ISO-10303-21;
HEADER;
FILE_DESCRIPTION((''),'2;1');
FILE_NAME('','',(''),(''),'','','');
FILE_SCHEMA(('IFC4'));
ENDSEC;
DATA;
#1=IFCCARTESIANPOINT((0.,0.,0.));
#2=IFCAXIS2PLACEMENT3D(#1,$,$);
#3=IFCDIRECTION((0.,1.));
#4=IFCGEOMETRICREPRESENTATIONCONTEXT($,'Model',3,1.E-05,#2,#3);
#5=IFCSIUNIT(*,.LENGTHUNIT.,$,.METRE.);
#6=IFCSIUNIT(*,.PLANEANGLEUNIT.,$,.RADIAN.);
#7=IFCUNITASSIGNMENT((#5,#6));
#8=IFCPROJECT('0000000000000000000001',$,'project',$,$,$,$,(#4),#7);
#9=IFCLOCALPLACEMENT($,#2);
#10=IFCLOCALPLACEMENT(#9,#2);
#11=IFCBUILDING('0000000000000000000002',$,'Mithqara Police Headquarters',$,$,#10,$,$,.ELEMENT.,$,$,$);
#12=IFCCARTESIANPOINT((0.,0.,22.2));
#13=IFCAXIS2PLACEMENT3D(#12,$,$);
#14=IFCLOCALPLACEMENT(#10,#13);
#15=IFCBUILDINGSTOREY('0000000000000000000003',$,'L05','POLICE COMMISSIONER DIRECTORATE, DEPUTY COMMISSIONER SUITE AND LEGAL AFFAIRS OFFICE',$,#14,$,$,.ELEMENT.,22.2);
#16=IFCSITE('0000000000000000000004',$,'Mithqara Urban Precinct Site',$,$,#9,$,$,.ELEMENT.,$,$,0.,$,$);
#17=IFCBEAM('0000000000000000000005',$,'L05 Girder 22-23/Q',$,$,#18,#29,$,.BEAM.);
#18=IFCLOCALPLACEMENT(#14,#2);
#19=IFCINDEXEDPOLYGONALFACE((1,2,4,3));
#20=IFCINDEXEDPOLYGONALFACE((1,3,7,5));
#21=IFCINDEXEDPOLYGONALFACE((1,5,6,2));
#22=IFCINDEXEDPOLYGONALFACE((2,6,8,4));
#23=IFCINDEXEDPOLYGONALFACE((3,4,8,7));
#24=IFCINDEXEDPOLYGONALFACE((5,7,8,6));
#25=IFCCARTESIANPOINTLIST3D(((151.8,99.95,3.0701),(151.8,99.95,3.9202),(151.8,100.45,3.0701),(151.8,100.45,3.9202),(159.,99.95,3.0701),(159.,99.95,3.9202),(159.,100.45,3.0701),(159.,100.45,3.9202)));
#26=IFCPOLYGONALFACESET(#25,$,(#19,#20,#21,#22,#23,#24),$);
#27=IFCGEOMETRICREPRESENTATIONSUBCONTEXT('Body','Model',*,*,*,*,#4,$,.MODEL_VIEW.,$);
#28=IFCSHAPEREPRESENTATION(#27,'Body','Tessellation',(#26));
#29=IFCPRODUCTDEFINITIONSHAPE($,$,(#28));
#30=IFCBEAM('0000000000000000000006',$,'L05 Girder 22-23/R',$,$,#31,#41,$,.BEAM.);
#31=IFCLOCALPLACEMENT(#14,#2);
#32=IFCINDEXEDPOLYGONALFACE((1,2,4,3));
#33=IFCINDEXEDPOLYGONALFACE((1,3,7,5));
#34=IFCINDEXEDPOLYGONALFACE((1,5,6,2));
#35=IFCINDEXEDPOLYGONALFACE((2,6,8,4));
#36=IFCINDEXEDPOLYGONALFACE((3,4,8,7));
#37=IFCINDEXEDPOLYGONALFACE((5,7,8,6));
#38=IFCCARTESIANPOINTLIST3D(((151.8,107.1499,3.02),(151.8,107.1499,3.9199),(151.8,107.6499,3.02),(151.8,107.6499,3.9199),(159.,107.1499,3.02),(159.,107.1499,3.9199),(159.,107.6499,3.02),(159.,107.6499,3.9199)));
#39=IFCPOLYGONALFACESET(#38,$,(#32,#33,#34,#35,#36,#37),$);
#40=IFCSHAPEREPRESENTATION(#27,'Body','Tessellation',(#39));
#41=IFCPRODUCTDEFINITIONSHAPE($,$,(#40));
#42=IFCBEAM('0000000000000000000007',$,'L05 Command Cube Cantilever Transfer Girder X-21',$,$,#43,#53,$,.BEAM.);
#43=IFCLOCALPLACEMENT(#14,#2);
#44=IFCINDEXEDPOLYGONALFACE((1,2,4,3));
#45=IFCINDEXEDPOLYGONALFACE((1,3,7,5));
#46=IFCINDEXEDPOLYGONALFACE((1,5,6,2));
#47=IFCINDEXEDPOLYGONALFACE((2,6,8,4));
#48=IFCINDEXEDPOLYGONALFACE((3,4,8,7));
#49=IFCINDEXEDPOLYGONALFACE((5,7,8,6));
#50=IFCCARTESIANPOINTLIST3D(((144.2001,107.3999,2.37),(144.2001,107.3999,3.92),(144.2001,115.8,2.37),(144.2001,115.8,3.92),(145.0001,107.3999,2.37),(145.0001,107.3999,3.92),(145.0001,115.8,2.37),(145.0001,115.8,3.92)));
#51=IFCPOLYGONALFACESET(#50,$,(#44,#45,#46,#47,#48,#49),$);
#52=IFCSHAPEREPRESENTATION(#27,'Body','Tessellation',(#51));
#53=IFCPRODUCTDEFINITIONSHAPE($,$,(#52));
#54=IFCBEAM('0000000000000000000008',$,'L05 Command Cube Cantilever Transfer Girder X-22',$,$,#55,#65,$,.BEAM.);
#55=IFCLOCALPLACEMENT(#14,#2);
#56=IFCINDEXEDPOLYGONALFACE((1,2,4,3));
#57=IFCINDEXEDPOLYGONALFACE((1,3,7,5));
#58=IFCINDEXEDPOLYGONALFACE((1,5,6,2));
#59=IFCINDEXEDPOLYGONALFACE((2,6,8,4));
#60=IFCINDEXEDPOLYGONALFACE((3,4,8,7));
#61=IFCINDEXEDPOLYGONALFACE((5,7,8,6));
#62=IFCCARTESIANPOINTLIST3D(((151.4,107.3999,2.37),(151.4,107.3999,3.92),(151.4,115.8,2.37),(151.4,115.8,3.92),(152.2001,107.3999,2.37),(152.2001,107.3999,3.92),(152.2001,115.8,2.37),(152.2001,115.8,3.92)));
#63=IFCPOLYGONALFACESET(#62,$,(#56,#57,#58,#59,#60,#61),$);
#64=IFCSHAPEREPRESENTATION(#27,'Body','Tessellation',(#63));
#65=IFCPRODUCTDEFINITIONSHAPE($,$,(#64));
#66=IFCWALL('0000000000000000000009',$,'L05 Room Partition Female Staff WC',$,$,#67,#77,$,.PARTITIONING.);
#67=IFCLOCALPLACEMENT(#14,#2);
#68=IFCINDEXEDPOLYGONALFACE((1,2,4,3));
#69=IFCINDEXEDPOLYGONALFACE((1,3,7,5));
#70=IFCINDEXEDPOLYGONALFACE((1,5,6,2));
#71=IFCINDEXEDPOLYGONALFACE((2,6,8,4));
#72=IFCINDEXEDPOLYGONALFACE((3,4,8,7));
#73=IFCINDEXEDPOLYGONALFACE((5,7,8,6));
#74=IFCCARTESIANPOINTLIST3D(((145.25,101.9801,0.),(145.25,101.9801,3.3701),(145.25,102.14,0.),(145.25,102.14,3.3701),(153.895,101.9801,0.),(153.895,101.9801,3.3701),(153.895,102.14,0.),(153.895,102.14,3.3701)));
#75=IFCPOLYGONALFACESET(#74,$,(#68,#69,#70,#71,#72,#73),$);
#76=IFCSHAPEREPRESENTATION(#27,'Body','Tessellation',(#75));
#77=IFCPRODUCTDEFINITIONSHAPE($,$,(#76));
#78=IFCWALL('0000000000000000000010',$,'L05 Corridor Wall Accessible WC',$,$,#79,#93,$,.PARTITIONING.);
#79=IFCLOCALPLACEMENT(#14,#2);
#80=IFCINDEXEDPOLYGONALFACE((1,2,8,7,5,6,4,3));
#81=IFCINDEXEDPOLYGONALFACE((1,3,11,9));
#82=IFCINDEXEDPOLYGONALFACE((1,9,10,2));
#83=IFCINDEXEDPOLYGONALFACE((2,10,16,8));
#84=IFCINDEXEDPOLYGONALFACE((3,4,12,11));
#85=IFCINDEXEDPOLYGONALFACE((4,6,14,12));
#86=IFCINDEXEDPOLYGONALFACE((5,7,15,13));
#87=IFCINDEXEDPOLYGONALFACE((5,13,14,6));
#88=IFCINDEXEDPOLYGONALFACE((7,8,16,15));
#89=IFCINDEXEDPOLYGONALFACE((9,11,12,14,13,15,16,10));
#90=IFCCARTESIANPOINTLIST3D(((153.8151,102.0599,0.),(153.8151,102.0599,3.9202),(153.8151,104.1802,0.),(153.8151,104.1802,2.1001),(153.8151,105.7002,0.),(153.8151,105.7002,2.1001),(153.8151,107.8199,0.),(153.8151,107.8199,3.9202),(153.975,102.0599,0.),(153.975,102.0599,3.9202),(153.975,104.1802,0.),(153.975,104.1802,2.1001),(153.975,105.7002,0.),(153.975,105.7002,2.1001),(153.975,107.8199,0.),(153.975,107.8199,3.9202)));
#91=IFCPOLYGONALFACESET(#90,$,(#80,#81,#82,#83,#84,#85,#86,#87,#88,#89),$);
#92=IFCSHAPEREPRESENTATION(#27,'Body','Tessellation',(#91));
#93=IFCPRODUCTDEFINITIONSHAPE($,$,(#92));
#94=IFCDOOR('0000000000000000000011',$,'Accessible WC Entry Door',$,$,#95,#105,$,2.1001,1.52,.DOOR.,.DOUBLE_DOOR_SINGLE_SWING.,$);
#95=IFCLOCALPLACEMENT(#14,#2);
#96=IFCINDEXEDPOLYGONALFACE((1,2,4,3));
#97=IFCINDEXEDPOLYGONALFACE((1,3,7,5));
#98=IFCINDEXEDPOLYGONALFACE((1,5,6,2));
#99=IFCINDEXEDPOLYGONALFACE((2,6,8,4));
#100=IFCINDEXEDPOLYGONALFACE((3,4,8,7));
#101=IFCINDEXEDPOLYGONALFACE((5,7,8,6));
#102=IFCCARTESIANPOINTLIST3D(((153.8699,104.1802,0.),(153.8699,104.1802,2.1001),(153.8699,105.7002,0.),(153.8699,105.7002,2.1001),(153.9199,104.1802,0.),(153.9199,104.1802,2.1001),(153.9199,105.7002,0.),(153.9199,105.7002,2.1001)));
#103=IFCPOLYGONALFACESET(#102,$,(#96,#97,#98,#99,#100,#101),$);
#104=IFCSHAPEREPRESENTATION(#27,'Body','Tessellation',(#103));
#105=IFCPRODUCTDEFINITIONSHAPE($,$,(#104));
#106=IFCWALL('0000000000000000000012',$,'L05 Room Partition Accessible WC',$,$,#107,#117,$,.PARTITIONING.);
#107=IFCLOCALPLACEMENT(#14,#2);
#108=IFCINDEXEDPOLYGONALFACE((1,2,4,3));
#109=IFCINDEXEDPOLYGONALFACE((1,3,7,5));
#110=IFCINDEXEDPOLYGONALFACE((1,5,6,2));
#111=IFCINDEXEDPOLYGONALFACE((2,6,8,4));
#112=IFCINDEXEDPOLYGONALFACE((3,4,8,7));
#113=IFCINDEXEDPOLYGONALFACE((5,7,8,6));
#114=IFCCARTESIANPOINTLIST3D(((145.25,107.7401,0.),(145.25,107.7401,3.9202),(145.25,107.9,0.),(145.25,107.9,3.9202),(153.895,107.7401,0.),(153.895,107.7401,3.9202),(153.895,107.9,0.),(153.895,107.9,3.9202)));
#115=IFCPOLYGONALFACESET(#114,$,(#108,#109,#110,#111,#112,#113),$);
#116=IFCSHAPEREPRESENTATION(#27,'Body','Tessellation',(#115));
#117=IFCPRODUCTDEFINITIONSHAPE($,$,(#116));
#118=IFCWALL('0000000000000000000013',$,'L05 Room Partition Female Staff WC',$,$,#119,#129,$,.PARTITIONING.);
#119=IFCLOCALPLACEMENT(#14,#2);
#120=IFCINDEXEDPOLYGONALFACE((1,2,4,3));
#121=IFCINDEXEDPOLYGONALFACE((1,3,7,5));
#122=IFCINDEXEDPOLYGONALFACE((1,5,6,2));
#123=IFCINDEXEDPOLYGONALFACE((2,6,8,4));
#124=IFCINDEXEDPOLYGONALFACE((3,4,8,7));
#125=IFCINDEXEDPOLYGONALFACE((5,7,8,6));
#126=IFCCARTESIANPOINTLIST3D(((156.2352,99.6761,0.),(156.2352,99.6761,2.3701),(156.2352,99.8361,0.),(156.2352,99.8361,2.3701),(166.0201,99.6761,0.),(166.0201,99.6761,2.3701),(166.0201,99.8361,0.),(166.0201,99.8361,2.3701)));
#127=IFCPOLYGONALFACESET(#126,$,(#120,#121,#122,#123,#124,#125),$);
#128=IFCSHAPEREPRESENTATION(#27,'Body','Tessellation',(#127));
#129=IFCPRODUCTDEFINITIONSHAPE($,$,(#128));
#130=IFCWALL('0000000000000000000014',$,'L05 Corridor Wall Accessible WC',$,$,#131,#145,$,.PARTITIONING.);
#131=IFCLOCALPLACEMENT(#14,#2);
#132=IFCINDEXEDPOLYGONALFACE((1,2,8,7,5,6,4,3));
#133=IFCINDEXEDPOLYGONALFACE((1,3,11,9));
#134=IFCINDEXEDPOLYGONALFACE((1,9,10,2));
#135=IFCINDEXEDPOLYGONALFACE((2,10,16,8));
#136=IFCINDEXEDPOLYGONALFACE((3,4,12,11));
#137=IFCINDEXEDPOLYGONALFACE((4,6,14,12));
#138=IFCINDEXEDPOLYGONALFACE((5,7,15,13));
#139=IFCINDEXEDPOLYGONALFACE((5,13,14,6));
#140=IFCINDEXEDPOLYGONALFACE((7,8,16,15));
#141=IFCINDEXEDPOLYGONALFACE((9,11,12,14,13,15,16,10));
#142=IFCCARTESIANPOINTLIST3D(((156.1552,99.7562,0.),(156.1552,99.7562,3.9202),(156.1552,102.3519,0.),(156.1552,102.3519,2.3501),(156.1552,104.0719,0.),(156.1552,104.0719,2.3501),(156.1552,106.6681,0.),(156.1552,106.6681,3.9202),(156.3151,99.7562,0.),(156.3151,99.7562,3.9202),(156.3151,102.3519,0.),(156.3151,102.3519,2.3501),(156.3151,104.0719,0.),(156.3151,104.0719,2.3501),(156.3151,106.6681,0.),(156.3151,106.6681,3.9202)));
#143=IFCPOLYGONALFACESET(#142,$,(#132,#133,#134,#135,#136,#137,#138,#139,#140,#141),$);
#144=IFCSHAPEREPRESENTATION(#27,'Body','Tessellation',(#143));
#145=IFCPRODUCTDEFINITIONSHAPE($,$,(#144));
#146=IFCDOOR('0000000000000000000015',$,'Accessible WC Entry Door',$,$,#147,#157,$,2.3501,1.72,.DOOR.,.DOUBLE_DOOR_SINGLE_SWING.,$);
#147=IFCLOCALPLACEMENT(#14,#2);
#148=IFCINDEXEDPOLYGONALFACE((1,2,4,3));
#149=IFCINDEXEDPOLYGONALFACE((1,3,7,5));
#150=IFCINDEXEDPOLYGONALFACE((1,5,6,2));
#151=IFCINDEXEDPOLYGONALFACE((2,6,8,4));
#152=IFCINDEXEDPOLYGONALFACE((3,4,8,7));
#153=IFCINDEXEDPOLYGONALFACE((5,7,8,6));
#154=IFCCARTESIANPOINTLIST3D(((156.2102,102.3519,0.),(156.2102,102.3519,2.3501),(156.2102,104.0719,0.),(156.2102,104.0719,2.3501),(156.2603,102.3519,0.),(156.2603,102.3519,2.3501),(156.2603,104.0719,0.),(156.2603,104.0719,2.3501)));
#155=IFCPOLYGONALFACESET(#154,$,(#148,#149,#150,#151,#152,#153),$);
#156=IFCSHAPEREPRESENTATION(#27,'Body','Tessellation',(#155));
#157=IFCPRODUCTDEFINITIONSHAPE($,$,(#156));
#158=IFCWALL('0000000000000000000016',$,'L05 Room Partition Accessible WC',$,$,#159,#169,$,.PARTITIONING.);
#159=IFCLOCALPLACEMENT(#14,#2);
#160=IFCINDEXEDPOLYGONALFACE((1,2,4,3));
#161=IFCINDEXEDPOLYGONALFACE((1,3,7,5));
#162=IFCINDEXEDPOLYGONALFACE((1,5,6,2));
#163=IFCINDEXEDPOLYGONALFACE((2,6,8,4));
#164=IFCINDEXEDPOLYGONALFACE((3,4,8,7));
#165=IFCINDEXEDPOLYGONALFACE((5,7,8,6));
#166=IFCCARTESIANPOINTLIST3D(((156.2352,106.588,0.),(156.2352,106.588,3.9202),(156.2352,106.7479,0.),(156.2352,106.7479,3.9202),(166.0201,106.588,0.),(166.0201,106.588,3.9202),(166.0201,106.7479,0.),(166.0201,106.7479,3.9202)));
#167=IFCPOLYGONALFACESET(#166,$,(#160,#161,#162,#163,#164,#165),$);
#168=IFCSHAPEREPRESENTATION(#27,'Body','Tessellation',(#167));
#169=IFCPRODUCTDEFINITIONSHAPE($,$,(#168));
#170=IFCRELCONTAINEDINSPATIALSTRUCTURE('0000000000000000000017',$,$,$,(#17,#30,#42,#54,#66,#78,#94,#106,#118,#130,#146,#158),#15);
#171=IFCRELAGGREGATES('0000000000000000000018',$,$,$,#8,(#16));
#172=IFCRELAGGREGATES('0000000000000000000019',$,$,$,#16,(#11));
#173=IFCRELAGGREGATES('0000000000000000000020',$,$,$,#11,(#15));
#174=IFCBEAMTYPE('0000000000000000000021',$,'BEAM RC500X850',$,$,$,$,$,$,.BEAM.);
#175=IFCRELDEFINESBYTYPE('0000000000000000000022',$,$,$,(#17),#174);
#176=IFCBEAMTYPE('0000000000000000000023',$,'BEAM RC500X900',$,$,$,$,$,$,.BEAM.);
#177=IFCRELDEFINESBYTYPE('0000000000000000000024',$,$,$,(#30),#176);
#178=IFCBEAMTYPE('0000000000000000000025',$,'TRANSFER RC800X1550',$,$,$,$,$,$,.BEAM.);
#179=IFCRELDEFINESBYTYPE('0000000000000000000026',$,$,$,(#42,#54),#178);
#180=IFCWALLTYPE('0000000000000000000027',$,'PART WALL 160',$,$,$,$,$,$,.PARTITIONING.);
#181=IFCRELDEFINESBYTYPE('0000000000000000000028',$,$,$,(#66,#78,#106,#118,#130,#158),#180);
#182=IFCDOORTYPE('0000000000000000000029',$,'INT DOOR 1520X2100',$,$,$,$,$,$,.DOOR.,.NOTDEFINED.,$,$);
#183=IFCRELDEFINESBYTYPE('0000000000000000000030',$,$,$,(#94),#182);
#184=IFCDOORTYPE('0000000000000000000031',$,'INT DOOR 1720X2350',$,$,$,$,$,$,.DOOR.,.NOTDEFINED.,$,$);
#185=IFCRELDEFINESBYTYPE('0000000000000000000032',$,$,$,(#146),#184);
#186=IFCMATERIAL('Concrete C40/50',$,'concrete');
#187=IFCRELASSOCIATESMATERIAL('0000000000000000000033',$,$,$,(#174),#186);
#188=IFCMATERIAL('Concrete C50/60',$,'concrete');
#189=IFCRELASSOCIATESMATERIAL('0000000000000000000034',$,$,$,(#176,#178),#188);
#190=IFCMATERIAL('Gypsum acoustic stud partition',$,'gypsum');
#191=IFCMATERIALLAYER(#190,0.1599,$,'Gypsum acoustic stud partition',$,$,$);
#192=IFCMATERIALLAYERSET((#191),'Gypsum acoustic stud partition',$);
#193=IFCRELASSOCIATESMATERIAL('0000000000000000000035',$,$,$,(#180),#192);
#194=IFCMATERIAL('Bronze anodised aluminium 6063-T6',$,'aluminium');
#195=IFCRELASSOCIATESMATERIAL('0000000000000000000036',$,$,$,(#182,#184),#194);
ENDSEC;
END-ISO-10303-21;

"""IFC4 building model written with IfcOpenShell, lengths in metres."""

from ifc_helpers import new_model, si_unit, direction, frame, frame_2d, origin, origin_2d, place, context, subcontext, project, spatial, rectangle, extrude, material, layer, layer_set, material_profile, profile_set, type_object, element, fill, save


model = new_model("IFC4")

# Units and contexts
model_context = context("Model", 3, precision=1e-05, world=origin(), true_north=direction((0.0, 1.0)))
body_context = subcontext(model_context, "Body", "Model", "MODEL_VIEW")
ifc_project = project(units=[si_unit("LENGTHUNIT", "METRE"), si_unit("PLANEANGLEUNIT", "RADIAN")], contexts=[model_context])

# Site, building, storey
site_placement = place(None, origin())
site = spatial("IfcSite", under=ifc_project, at=site_placement, Name="Mithqara Urban Precinct Site", CompositionType="ELEMENT", RefElevation=0.0)
building_placement = place(site_placement, origin())
building = spatial("IfcBuilding", under=site, at=building_placement, Name="Mithqara Police Headquarters", CompositionType="ELEMENT")
storey_placement = place(building_placement, frame((0.0, 0.0, 22.2)))
storey = spatial("IfcBuildingStorey", under=building, at=storey_placement, Name="L05", Description="POLICE COMMISSIONER DIRECTORATE, DEPUTY COMMISSIONER SUITE AND LEGAL AFFAIRS OFFICE", CompositionType="ELEMENT", Elevation=22.2)

# Shared definitions
ifc_material_1 = material(Name="Concrete C50/60", Category="concrete")

# Beams
ifc_material_2 = material(Name="Concrete C40/50", Category="concrete")
ifc_material_profile_1 = material_profile(ifc_material_2, rectangle(XDim=0.5, YDim=0.8501, at=origin_2d()), Name="RC 500x850")
ifc_profile_set_1 = profile_set([ifc_material_profile_1], Name="Concrete C40/50")
beam_type_1 = type_object("IfcBeamType", Name="BEAM RC500X850", PredefinedType="BEAM", material=ifc_profile_set_1)
beam_1_placement = place(storey_placement, frame((151.8, 100.2, 3.4951), z_axis=(1.0, 0.0, 0.0), x_axis=(0.0, 1.0, 0.0)))
element("IfcBeam", 1, at=beam_1_placement, inside=storey, type_object=beam_type_1, Name="L05 Girder 22-23/Q", PredefinedType="BEAM", context=body_context, shape_type="SweptSolid", body=[
    extrude(rectangle(XDim=0.5, YDim=0.8501, at=origin_2d()), origin(), (0.0, 0.0, 1.0), 7.2),
])
ifc_material_profile_2 = material_profile(ifc_material_1, rectangle(XDim=0.5, YDim=0.8999, at=origin_2d()), Name="RC 500x900")
ifc_profile_set_2 = profile_set([ifc_material_profile_2], Name="Concrete C50/60")
beam_type_2 = type_object("IfcBeamType", Name="BEAM RC500X900", PredefinedType="BEAM", material=ifc_profile_set_2)
beam_2_placement = place(storey_placement, frame((151.8, 107.3999, 3.47), z_axis=(1.0, 0.0, 0.0), x_axis=(0.0, 1.0, 0.0)))
element("IfcBeam", 2, at=beam_2_placement, inside=storey, type_object=beam_type_2, Name="L05 Girder 22-23/R", PredefinedType="BEAM", context=body_context, shape_type="SweptSolid", body=[
    extrude(rectangle(XDim=0.5, YDim=0.8999, at=origin_2d()), origin(), (0.0, 0.0, 1.0), 7.2),
])
ifc_material_profile_3 = material_profile(ifc_material_1, rectangle(XDim=0.8, YDim=1.55, at=origin_2d()), Name="RC 800x1550")
ifc_profile_set_3 = profile_set([ifc_material_profile_3], Name="Concrete C50/60")
beam_type_3 = type_object("IfcBeamType", Name="TRANSFER RC800X1550", PredefinedType="BEAM", material=ifc_profile_set_3)
for number, where, z_axis, x_axis, name in (
    (3, (144.6001, 107.3999, 3.145), (0.0, 1.0, 0.0), (-1.0, 0.0, 0.0), "L05 Command Cube Cantilever Transfer Girder X-21"),
    (4, (151.8, 107.3999, 3.145), (0.0, 1.0, 0.0), (-1.0, 0.0, 0.0), "L05 Command Cube Cantilever Transfer Girder X-22"),
):
    element("IfcBeam", number, at=place(storey_placement, frame(where, z_axis=z_axis, x_axis=x_axis)), inside=storey, type_object=beam_type_3, Name=name, PredefinedType="BEAM", context=body_context, shape_type="SweptSolid", body=[
        extrude(rectangle(XDim=0.8, YDim=1.55, at=origin_2d()), origin(), (0.0, 0.0, 1.0), 8.4001),
    ])

# Wall
ifc_material_3 = material(Name="Gypsum acoustic stud partition", Category="gypsum")
ifc_layer = layer(ifc_material_3, 0.1599, Name="Gypsum acoustic stud partition")
ifc_layer_set = layer_set([ifc_layer], Name="Gypsum acoustic stud partition")
wall_type = type_object("IfcWallType", Name="PART WALL 160", PredefinedType="PARTITIONING", material=ifc_layer_set)
wall_1_placement = place(storey_placement, frame((145.25, 102.0601, 0.0), z_axis=(0.0, 0.0, 1.0), x_axis=(1.0, 0.0, 0.0)))
element("IfcWall", 5, at=wall_1_placement, inside=storey, type_object=wall_type, Name="L05 Room Partition Female Staff WC", PredefinedType="PARTITIONING", context=body_context, shape_type="SweptSolid", body=[
    extrude(rectangle(XDim=8.645, YDim=0.1599, at=frame_2d((4.3225, 0.0))), origin(), (0.0, 0.0, 1.0), 3.3701),
])

# Wall, opening, door
wall_2_placement = place(storey_placement, frame((153.895, 102.0601, 0.0), z_axis=(0.0, 0.0, 1.0), x_axis=(0.0, 1.0, 0.0)))
wall_2 = element("IfcWall", 6, at=wall_2_placement, inside=storey, type_object=wall_type, Name="L05 Corridor Wall Accessible WC", PredefinedType="PARTITIONING", context=body_context, shape_type="SweptSolid", body=[
    extrude(rectangle(XDim=5.76, YDim=0.1599, at=frame_2d((2.8799, 0.0))), origin(), (0.0, 0.0, 1.0), 3.9202),
])
opening_1_placement = place(wall_2_placement, frame((2.1201, 0.0, 0.0)))
opening_1 = element("IfcOpeningElement", 7, at=opening_1_placement, cuts=wall_2, PredefinedType="OPENING", context=body_context, shape_type="SweptSolid", body=[
    extrude(rectangle(XDim=1.52, YDim=2.1001, at=frame_2d((0.76, 1.05))), frame((0.0, 0.0898, 0.0), z_axis=(0.0, -1.0, 0.0), x_axis=(1.0, 0.0, 0.0)), (0.0, 0.0, 1.0), 0.1799),
])
ifc_material_4 = material(Name="Bronze anodised aluminium 6063-T6", Category="aluminium")
door_type_1 = type_object("IfcDoorType", Name="INT DOOR 1520X2100", OperationType="NOTDEFINED", PredefinedType="DOOR", material=ifc_material_4)
door_1_placement = place(opening_1_placement, frame((1.52, 0.0, 0.0), z_axis=(0.0, 0.0, 1.0), x_axis=(-1.0, 0.0, 0.0)))
door_1 = element("IfcDoor", 8, at=door_1_placement, inside=storey, type_object=door_type_1, Name="Accessible WC Entry Door", OperationType="DOUBLE_DOOR_SINGLE_SWING", OverallHeight=2.1001, OverallWidth=1.52, PredefinedType="DOOR", context=body_context, shape_type="SweptSolid", body=[
    extrude(rectangle(XDim=1.52, YDim=2.1001, at=frame_2d((0.76, 1.05))), frame((0.0, 0.0249, 0.0), z_axis=(0.0, -1.0, 0.0), x_axis=(1.0, 0.0, 0.0)), (0.0, 0.0, 1.0), 0.05),
])
fill(opening_1, door_1)

# Walls
wall_3_placement = place(storey_placement, frame((145.25, 107.8201, 0.0), z_axis=(0.0, 0.0, 1.0), x_axis=(1.0, 0.0, 0.0)))
element("IfcWall", 9, at=wall_3_placement, inside=storey, type_object=wall_type, Name="L05 Room Partition Accessible WC", PredefinedType="PARTITIONING", context=body_context, shape_type="SweptSolid", body=[
    extrude(rectangle(XDim=8.645, YDim=0.1599, at=frame_2d((4.3225, 0.0))), origin(), (0.0, 0.0, 1.0), 3.9202),
])
wall_4_placement = place(storey_placement, frame((156.2351, 99.7561, 0.0), z_axis=(0.0, 0.0, 1.0), x_axis=(1.0, 0.0, 0.0)))
element("IfcWall", 10, at=wall_4_placement, inside=storey, type_object=wall_type, Name="L05 Room Partition Female Staff WC", PredefinedType="PARTITIONING", context=body_context, shape_type="SweptSolid", body=[
    extrude(rectangle(XDim=9.7849, YDim=0.1599, at=frame_2d((4.8926, 0.0))), origin(), (0.0, 0.0, 1.0), 2.3701),
])

# Wall, opening, door
wall_5_placement = place(storey_placement, frame((156.2351, 99.7561, 0.0), z_axis=(0.0, 0.0, 1.0), x_axis=(0.0, 1.0, 0.0)))
wall_5 = element("IfcWall", 11, at=wall_5_placement, inside=storey, type_object=wall_type, Name="L05 Corridor Wall Accessible WC", PredefinedType="PARTITIONING", context=body_context, shape_type="SweptSolid", body=[
    extrude(rectangle(XDim=6.9119, YDim=0.1599, at=frame_2d((3.4561, 0.0))), origin(), (0.0, 0.0, 1.0), 3.9202),
])
opening_2_placement = place(wall_5_placement, frame((2.5959, 0.0, 0.0)))
opening_2 = element("IfcOpeningElement", 12, at=opening_2_placement, cuts=wall_5, PredefinedType="OPENING", context=body_context, shape_type="SweptSolid", body=[
    extrude(rectangle(XDim=1.72, YDim=2.3501, at=frame_2d((0.8599, 1.175))), frame((0.0, 0.0898, 0.0), z_axis=(0.0, -1.0, 0.0), x_axis=(1.0, 0.0, 0.0)), (0.0, 0.0, 1.0), 0.1799),
])
door_type_2 = type_object("IfcDoorType", Name="INT DOOR 1720X2350", OperationType="NOTDEFINED", PredefinedType="DOOR", material=ifc_material_4)
door_2_placement = place(opening_2_placement, origin())
door_2 = element("IfcDoor", 13, at=door_2_placement, inside=storey, type_object=door_type_2, Name="Accessible WC Entry Door", OperationType="DOUBLE_DOOR_SINGLE_SWING", OverallHeight=2.3501, OverallWidth=1.72, PredefinedType="DOOR", context=body_context, shape_type="SweptSolid", body=[
    extrude(rectangle(XDim=1.72, YDim=2.3501, at=frame_2d((0.8599, 1.175))), frame((0.0, 0.0249, 0.0), z_axis=(0.0, -1.0, 0.0), x_axis=(1.0, 0.0, 0.0)), (0.0, 0.0, 1.0), 0.05),
])
fill(opening_2, door_2)

# Wall
wall_6_placement = place(storey_placement, frame((156.2351, 106.668, 0.0), z_axis=(0.0, 0.0, 1.0), x_axis=(1.0, 0.0, 0.0)))
element("IfcWall", 14, at=wall_6_placement, inside=storey, type_object=wall_type, Name="L05 Room Partition Accessible WC", PredefinedType="PARTITIONING", context=body_context, shape_type="SweptSolid", body=[
    extrude(rectangle(XDim=9.7849, YDim=0.1599, at=frame_2d((4.8926, 0.0))), origin(), (0.0, 0.0, 1.0), 3.9202),
])

save(model, "model.ifc")
